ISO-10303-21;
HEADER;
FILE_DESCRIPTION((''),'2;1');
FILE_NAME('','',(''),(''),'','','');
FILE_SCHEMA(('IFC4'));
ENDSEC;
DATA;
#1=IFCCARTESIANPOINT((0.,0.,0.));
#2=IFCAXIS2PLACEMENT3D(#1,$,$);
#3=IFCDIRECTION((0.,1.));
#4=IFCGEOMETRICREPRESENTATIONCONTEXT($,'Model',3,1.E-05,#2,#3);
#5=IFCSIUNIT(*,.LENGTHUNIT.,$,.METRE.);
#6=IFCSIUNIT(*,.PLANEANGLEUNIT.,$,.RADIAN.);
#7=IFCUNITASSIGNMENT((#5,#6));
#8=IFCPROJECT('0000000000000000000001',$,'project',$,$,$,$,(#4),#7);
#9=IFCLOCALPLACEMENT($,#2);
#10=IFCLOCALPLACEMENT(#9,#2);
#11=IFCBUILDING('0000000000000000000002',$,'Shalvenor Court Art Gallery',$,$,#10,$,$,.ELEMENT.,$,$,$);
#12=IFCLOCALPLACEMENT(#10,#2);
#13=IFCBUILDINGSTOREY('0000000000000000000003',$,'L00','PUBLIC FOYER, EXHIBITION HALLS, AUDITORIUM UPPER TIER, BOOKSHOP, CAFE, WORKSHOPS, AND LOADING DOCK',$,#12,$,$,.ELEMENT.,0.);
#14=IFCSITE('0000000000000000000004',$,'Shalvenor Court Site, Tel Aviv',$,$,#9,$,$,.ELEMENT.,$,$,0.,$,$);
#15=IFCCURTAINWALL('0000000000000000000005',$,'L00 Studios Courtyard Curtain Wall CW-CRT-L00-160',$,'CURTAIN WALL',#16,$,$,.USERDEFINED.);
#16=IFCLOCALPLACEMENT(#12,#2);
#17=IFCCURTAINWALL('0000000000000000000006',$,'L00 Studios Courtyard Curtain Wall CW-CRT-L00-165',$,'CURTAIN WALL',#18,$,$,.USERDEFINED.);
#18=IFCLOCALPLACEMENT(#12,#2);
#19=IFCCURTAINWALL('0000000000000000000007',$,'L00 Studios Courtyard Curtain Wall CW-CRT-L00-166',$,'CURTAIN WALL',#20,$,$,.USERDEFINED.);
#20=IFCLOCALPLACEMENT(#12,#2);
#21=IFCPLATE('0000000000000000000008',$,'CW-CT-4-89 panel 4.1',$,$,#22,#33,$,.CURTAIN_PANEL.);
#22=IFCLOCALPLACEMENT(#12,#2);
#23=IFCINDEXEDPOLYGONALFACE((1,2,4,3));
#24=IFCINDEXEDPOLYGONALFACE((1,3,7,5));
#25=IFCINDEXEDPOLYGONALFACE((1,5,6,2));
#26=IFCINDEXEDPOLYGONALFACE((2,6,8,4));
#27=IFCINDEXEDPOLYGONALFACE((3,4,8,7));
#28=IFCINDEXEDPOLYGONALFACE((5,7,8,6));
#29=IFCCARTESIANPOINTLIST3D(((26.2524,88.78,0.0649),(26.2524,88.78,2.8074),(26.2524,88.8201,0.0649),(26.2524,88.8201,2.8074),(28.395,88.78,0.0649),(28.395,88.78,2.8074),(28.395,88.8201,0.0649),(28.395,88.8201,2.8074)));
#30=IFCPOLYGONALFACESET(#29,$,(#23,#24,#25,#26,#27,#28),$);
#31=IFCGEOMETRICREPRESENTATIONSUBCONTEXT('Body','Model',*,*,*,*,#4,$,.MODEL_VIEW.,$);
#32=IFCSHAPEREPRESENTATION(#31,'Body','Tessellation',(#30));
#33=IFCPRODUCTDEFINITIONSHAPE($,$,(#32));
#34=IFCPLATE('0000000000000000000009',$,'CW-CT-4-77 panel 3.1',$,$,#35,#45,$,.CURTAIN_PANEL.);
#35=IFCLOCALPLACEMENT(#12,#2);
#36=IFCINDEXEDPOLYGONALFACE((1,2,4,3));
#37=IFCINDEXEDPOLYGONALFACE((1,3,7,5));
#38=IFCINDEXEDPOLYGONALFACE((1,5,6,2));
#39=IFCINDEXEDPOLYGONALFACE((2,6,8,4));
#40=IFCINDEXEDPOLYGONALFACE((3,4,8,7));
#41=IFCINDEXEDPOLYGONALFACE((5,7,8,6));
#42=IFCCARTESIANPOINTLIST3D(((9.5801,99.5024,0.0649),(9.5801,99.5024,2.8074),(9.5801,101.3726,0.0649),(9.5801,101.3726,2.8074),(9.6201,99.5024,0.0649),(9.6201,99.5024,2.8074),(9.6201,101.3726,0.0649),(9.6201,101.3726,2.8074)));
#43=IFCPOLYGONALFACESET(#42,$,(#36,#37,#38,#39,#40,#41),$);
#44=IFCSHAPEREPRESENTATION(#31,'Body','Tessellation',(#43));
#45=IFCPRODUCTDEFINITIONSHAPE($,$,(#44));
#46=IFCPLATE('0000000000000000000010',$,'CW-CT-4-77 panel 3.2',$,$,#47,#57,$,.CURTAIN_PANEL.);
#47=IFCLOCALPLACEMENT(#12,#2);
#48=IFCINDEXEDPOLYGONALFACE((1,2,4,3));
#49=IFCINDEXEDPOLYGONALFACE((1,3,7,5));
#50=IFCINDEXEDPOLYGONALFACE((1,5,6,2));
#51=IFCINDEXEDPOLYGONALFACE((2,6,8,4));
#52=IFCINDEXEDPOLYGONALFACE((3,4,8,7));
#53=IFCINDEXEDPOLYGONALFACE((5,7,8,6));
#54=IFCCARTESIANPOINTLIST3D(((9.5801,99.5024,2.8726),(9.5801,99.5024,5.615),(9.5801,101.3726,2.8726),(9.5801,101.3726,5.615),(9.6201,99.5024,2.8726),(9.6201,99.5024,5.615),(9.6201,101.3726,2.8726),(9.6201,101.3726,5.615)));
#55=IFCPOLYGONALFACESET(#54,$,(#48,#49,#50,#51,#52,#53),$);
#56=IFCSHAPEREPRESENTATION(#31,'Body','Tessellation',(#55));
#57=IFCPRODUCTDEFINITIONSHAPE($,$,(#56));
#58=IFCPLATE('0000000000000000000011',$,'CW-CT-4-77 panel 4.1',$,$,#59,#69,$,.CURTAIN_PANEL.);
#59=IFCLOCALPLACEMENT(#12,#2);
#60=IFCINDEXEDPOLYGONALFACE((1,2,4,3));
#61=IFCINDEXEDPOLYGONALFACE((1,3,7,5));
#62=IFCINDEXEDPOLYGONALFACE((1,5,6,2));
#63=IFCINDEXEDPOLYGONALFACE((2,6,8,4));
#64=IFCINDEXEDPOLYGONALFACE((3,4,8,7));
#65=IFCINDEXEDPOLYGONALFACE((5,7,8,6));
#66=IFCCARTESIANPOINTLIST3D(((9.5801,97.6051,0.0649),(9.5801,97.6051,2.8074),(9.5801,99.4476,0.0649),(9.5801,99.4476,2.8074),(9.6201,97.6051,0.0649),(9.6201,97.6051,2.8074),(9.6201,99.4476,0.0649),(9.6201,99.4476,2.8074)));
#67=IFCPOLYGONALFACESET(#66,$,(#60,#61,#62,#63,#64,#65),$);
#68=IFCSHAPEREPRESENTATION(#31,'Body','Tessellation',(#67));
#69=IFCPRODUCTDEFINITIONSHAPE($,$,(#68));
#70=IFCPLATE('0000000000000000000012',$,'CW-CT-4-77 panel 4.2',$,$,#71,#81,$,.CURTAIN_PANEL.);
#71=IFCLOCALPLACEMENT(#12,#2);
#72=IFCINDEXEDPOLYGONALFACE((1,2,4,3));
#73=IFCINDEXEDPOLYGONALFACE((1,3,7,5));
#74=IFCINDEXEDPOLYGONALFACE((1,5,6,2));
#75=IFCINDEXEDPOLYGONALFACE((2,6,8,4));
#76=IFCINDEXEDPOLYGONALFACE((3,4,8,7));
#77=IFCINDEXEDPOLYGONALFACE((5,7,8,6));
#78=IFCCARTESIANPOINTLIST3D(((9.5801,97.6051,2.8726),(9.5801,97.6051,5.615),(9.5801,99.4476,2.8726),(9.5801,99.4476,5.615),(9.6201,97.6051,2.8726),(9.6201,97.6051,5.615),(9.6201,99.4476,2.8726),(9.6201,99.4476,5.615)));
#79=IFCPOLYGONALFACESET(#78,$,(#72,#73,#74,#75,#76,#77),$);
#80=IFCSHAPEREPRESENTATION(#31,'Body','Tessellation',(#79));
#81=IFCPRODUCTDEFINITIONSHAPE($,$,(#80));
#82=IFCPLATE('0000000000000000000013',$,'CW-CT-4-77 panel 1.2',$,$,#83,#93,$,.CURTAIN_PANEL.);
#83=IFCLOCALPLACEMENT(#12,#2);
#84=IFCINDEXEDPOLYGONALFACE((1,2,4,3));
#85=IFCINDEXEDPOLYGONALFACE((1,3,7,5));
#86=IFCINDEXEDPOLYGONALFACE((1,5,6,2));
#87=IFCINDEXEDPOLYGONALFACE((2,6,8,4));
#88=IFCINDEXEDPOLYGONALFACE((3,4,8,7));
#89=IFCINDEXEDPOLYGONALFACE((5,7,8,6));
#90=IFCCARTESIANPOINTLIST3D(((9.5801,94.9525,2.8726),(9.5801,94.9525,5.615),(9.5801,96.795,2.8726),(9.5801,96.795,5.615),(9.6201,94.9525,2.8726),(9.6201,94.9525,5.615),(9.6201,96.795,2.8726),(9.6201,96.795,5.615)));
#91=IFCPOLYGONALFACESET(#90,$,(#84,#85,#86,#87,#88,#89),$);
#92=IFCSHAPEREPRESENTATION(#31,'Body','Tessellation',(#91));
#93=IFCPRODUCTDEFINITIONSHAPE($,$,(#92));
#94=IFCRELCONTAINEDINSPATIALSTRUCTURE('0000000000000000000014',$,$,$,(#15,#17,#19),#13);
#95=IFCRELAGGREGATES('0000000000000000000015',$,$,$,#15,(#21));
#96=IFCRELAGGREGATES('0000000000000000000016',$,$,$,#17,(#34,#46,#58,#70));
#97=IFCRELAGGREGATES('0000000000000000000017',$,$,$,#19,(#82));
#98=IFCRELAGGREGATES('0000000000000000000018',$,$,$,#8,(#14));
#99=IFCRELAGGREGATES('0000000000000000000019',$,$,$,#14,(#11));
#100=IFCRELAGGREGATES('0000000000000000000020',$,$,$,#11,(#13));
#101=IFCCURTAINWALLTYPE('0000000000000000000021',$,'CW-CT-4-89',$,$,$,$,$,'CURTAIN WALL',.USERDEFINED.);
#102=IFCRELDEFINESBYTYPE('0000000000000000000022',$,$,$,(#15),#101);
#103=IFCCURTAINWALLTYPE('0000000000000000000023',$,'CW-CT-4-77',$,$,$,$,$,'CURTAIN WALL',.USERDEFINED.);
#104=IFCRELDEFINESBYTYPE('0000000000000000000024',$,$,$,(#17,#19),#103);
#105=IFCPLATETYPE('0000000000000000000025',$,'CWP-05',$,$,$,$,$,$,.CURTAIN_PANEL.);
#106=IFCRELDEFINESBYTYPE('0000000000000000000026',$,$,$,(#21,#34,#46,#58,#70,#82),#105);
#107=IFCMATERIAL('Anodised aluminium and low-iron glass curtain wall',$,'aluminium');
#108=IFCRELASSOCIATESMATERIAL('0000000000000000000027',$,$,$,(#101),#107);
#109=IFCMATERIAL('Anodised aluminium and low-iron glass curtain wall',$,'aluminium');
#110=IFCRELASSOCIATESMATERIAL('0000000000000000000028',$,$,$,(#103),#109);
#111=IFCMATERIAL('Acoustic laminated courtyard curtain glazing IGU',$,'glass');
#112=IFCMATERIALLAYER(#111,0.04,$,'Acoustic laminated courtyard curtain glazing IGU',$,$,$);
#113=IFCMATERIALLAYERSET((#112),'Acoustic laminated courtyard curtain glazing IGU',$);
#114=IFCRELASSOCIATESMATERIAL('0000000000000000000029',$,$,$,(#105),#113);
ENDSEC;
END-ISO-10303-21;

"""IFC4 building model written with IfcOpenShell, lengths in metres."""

from ifc_helpers import new_model, si_unit, direction, frame, origin, origin_2d, place, context, subcontext, project, spatial, rectangle, extrude, material, layer, layer_set, type_object, element, aggregate, save


model = new_model("IFC4")

# Units and contexts
model_context = context("Model", 3, precision=1e-05, world=origin(), true_north=direction((0.0, 1.0)))
body_context = subcontext(model_context, "Body", "Model", "MODEL_VIEW")
ifc_project = project(units=[si_unit("LENGTHUNIT", "METRE"), si_unit("PLANEANGLEUNIT", "RADIAN")], contexts=[model_context])

# Site, building, storey
site_placement = place(None, origin())
site = spatial("IfcSite", under=ifc_project, at=site_placement, Name="Shalvenor Court Site, Tel Aviv", CompositionType="ELEMENT", RefElevation=0.0)
building_placement = place(site_placement, origin())
building = spatial("IfcBuilding", under=site, at=building_placement, Name="Shalvenor Court Art Gallery", CompositionType="ELEMENT")
storey_placement = place(building_placement, origin())
storey = spatial("IfcBuildingStorey", under=building, at=storey_placement, Name="L00", Description="PUBLIC FOYER, EXHIBITION HALLS, AUDITORIUM UPPER TIER, BOOKSHOP, CAFE, WORKSHOPS, AND LOADING DOCK", CompositionType="ELEMENT", Elevation=0.0)

# Curtain walls
ifc_material_1 = material(Name="Anodised aluminium and low-iron glass curtain wall", Category="aluminium")
curtain_wall_type_1 = type_object("IfcCurtainWallType", Name="CW-CT-4-89", ElementType="CURTAIN WALL", PredefinedType="USERDEFINED", material=ifc_material_1)
curtain_wall_1_placement = place(storey_placement, origin())
curtain_wall_1 = element("IfcCurtainWall", 1, at=curtain_wall_1_placement, inside=storey, type_object=curtain_wall_type_1, Name="L00 Studios Courtyard Curtain Wall CW-CRT-L00-160", ObjectType="CURTAIN WALL", PredefinedType="USERDEFINED")
ifc_material_2 = material(Name="Anodised aluminium and low-iron glass curtain wall", Category="aluminium")
curtain_wall_type_2 = type_object("IfcCurtainWallType", Name="CW-CT-4-77", ElementType="CURTAIN WALL", PredefinedType="USERDEFINED", material=ifc_material_2)
curtain_wall_2_placement = place(storey_placement, origin())
curtain_wall_2 = element("IfcCurtainWall", 2, at=curtain_wall_2_placement, inside=storey, type_object=curtain_wall_type_2, Name="L00 Studios Courtyard Curtain Wall CW-CRT-L00-165", ObjectType="CURTAIN WALL", PredefinedType="USERDEFINED")

# Curtain wall
curtain_wall_3_placement = place(storey_placement, origin())
curtain_wall_3 = element("IfcCurtainWall", 3, at=curtain_wall_3_placement, inside=storey, type_object=curtain_wall_type_2, Name="L00 Studios Courtyard Curtain Wall CW-CRT-L00-166", ObjectType="CURTAIN WALL", PredefinedType="USERDEFINED")

# Plates
ifc_material_3 = material(Name="Acoustic laminated courtyard curtain glazing IGU", Category="glass")
ifc_layer = layer(ifc_material_3, 0.04, Name="Acoustic laminated courtyard curtain glazing IGU")
ifc_layer_set = layer_set([ifc_layer], Name="Acoustic laminated courtyard curtain glazing IGU")
plate_type = type_object("IfcPlateType", Name="CWP-05", PredefinedType="CURTAIN_PANEL", material=ifc_layer_set)
plate_1_placement = place(storey_placement, frame((27.3237, 88.8, 0.0649), z_axis=(0.0, 0.0, 1.0), x_axis=(1.0, 0.0, 0.0)))
plate_1 = element("IfcPlate", 4, at=plate_1_placement, type_object=plate_type, Name="CW-CT-4-89 panel 4.1", PredefinedType="CURTAIN_PANEL", context=body_context, shape_type="SweptSolid", body=[
    extrude(rectangle(XDim=2.1426, YDim=0.04, at=origin_2d()), origin(), (0.0, 0.0, 1.0), 2.7424),
])
aggregate(curtain_wall_1, [plate_1])
plate_2_placement = place(storey_placement, frame((9.6001, 100.4375, 0.0649), z_axis=(0.0, 0.0, 1.0), x_axis=(0.0, -1.0, 0.0)))
plate_2 = element("IfcPlate", 5, at=plate_2_placement, type_object=plate_type, Name="CW-CT-4-77 panel 3.1", PredefinedType="CURTAIN_PANEL", context=body_context, shape_type="SweptSolid", body=[
    extrude(rectangle(XDim=1.8701, YDim=0.04, at=origin_2d()), origin(), (0.0, 0.0, 1.0), 2.7424),
])
plate_3_placement = place(storey_placement, frame((9.6001, 100.4375, 2.8726), z_axis=(0.0, 0.0, 1.0), x_axis=(0.0, -1.0, 0.0)))
plate_3 = element("IfcPlate", 6, at=plate_3_placement, type_object=plate_type, Name="CW-CT-4-77 panel 3.2", PredefinedType="CURTAIN_PANEL", context=body_context, shape_type="SweptSolid", body=[
    extrude(rectangle(XDim=1.8701, YDim=0.04, at=origin_2d()), origin(), (0.0, 0.0, 1.0), 2.7424),
])
plate_4_placement = place(storey_placement, frame((9.6001, 98.5264, 0.0649), z_axis=(0.0, 0.0, 1.0), x_axis=(0.0, -1.0, 0.0)))
plate_4 = element("IfcPlate", 7, at=plate_4_placement, type_object=plate_type, Name="CW-CT-4-77 panel 4.1", PredefinedType="CURTAIN_PANEL", context=body_context, shape_type="SweptSolid", body=[
    extrude(rectangle(XDim=1.8425, YDim=0.04, at=origin_2d()), origin(), (0.0, 0.0, 1.0), 2.7424),
])
plate_5_placement = place(storey_placement, frame((9.6001, 98.5264, 2.8726), z_axis=(0.0, 0.0, 1.0), x_axis=(0.0, -1.0, 0.0)))
plate_5 = element("IfcPlate", 8, at=plate_5_placement, type_object=plate_type, Name="CW-CT-4-77 panel 4.2", PredefinedType="CURTAIN_PANEL", context=body_context, shape_type="SweptSolid", body=[
    extrude(rectangle(XDim=1.8425, YDim=0.04, at=origin_2d()), origin(), (0.0, 0.0, 1.0), 2.7424),
])
aggregate(curtain_wall_2, [plate_2, plate_3, plate_4, plate_5])
plate_6_placement = place(storey_placement, frame((9.6001, 95.8738, 2.8726), z_axis=(0.0, 0.0, 1.0), x_axis=(0.0, -1.0, 0.0)))
plate_6 = element("IfcPlate", 9, at=plate_6_placement, type_object=plate_type, Name="CW-CT-4-77 panel 1.2", PredefinedType="CURTAIN_PANEL", context=body_context, shape_type="SweptSolid", body=[
    extrude(rectangle(XDim=1.8425, YDim=0.04, at=origin_2d()), origin(), (0.0, 0.0, 1.0), 2.7424),
])
aggregate(curtain_wall_3, [plate_6])

save(model, "model.ifc")
